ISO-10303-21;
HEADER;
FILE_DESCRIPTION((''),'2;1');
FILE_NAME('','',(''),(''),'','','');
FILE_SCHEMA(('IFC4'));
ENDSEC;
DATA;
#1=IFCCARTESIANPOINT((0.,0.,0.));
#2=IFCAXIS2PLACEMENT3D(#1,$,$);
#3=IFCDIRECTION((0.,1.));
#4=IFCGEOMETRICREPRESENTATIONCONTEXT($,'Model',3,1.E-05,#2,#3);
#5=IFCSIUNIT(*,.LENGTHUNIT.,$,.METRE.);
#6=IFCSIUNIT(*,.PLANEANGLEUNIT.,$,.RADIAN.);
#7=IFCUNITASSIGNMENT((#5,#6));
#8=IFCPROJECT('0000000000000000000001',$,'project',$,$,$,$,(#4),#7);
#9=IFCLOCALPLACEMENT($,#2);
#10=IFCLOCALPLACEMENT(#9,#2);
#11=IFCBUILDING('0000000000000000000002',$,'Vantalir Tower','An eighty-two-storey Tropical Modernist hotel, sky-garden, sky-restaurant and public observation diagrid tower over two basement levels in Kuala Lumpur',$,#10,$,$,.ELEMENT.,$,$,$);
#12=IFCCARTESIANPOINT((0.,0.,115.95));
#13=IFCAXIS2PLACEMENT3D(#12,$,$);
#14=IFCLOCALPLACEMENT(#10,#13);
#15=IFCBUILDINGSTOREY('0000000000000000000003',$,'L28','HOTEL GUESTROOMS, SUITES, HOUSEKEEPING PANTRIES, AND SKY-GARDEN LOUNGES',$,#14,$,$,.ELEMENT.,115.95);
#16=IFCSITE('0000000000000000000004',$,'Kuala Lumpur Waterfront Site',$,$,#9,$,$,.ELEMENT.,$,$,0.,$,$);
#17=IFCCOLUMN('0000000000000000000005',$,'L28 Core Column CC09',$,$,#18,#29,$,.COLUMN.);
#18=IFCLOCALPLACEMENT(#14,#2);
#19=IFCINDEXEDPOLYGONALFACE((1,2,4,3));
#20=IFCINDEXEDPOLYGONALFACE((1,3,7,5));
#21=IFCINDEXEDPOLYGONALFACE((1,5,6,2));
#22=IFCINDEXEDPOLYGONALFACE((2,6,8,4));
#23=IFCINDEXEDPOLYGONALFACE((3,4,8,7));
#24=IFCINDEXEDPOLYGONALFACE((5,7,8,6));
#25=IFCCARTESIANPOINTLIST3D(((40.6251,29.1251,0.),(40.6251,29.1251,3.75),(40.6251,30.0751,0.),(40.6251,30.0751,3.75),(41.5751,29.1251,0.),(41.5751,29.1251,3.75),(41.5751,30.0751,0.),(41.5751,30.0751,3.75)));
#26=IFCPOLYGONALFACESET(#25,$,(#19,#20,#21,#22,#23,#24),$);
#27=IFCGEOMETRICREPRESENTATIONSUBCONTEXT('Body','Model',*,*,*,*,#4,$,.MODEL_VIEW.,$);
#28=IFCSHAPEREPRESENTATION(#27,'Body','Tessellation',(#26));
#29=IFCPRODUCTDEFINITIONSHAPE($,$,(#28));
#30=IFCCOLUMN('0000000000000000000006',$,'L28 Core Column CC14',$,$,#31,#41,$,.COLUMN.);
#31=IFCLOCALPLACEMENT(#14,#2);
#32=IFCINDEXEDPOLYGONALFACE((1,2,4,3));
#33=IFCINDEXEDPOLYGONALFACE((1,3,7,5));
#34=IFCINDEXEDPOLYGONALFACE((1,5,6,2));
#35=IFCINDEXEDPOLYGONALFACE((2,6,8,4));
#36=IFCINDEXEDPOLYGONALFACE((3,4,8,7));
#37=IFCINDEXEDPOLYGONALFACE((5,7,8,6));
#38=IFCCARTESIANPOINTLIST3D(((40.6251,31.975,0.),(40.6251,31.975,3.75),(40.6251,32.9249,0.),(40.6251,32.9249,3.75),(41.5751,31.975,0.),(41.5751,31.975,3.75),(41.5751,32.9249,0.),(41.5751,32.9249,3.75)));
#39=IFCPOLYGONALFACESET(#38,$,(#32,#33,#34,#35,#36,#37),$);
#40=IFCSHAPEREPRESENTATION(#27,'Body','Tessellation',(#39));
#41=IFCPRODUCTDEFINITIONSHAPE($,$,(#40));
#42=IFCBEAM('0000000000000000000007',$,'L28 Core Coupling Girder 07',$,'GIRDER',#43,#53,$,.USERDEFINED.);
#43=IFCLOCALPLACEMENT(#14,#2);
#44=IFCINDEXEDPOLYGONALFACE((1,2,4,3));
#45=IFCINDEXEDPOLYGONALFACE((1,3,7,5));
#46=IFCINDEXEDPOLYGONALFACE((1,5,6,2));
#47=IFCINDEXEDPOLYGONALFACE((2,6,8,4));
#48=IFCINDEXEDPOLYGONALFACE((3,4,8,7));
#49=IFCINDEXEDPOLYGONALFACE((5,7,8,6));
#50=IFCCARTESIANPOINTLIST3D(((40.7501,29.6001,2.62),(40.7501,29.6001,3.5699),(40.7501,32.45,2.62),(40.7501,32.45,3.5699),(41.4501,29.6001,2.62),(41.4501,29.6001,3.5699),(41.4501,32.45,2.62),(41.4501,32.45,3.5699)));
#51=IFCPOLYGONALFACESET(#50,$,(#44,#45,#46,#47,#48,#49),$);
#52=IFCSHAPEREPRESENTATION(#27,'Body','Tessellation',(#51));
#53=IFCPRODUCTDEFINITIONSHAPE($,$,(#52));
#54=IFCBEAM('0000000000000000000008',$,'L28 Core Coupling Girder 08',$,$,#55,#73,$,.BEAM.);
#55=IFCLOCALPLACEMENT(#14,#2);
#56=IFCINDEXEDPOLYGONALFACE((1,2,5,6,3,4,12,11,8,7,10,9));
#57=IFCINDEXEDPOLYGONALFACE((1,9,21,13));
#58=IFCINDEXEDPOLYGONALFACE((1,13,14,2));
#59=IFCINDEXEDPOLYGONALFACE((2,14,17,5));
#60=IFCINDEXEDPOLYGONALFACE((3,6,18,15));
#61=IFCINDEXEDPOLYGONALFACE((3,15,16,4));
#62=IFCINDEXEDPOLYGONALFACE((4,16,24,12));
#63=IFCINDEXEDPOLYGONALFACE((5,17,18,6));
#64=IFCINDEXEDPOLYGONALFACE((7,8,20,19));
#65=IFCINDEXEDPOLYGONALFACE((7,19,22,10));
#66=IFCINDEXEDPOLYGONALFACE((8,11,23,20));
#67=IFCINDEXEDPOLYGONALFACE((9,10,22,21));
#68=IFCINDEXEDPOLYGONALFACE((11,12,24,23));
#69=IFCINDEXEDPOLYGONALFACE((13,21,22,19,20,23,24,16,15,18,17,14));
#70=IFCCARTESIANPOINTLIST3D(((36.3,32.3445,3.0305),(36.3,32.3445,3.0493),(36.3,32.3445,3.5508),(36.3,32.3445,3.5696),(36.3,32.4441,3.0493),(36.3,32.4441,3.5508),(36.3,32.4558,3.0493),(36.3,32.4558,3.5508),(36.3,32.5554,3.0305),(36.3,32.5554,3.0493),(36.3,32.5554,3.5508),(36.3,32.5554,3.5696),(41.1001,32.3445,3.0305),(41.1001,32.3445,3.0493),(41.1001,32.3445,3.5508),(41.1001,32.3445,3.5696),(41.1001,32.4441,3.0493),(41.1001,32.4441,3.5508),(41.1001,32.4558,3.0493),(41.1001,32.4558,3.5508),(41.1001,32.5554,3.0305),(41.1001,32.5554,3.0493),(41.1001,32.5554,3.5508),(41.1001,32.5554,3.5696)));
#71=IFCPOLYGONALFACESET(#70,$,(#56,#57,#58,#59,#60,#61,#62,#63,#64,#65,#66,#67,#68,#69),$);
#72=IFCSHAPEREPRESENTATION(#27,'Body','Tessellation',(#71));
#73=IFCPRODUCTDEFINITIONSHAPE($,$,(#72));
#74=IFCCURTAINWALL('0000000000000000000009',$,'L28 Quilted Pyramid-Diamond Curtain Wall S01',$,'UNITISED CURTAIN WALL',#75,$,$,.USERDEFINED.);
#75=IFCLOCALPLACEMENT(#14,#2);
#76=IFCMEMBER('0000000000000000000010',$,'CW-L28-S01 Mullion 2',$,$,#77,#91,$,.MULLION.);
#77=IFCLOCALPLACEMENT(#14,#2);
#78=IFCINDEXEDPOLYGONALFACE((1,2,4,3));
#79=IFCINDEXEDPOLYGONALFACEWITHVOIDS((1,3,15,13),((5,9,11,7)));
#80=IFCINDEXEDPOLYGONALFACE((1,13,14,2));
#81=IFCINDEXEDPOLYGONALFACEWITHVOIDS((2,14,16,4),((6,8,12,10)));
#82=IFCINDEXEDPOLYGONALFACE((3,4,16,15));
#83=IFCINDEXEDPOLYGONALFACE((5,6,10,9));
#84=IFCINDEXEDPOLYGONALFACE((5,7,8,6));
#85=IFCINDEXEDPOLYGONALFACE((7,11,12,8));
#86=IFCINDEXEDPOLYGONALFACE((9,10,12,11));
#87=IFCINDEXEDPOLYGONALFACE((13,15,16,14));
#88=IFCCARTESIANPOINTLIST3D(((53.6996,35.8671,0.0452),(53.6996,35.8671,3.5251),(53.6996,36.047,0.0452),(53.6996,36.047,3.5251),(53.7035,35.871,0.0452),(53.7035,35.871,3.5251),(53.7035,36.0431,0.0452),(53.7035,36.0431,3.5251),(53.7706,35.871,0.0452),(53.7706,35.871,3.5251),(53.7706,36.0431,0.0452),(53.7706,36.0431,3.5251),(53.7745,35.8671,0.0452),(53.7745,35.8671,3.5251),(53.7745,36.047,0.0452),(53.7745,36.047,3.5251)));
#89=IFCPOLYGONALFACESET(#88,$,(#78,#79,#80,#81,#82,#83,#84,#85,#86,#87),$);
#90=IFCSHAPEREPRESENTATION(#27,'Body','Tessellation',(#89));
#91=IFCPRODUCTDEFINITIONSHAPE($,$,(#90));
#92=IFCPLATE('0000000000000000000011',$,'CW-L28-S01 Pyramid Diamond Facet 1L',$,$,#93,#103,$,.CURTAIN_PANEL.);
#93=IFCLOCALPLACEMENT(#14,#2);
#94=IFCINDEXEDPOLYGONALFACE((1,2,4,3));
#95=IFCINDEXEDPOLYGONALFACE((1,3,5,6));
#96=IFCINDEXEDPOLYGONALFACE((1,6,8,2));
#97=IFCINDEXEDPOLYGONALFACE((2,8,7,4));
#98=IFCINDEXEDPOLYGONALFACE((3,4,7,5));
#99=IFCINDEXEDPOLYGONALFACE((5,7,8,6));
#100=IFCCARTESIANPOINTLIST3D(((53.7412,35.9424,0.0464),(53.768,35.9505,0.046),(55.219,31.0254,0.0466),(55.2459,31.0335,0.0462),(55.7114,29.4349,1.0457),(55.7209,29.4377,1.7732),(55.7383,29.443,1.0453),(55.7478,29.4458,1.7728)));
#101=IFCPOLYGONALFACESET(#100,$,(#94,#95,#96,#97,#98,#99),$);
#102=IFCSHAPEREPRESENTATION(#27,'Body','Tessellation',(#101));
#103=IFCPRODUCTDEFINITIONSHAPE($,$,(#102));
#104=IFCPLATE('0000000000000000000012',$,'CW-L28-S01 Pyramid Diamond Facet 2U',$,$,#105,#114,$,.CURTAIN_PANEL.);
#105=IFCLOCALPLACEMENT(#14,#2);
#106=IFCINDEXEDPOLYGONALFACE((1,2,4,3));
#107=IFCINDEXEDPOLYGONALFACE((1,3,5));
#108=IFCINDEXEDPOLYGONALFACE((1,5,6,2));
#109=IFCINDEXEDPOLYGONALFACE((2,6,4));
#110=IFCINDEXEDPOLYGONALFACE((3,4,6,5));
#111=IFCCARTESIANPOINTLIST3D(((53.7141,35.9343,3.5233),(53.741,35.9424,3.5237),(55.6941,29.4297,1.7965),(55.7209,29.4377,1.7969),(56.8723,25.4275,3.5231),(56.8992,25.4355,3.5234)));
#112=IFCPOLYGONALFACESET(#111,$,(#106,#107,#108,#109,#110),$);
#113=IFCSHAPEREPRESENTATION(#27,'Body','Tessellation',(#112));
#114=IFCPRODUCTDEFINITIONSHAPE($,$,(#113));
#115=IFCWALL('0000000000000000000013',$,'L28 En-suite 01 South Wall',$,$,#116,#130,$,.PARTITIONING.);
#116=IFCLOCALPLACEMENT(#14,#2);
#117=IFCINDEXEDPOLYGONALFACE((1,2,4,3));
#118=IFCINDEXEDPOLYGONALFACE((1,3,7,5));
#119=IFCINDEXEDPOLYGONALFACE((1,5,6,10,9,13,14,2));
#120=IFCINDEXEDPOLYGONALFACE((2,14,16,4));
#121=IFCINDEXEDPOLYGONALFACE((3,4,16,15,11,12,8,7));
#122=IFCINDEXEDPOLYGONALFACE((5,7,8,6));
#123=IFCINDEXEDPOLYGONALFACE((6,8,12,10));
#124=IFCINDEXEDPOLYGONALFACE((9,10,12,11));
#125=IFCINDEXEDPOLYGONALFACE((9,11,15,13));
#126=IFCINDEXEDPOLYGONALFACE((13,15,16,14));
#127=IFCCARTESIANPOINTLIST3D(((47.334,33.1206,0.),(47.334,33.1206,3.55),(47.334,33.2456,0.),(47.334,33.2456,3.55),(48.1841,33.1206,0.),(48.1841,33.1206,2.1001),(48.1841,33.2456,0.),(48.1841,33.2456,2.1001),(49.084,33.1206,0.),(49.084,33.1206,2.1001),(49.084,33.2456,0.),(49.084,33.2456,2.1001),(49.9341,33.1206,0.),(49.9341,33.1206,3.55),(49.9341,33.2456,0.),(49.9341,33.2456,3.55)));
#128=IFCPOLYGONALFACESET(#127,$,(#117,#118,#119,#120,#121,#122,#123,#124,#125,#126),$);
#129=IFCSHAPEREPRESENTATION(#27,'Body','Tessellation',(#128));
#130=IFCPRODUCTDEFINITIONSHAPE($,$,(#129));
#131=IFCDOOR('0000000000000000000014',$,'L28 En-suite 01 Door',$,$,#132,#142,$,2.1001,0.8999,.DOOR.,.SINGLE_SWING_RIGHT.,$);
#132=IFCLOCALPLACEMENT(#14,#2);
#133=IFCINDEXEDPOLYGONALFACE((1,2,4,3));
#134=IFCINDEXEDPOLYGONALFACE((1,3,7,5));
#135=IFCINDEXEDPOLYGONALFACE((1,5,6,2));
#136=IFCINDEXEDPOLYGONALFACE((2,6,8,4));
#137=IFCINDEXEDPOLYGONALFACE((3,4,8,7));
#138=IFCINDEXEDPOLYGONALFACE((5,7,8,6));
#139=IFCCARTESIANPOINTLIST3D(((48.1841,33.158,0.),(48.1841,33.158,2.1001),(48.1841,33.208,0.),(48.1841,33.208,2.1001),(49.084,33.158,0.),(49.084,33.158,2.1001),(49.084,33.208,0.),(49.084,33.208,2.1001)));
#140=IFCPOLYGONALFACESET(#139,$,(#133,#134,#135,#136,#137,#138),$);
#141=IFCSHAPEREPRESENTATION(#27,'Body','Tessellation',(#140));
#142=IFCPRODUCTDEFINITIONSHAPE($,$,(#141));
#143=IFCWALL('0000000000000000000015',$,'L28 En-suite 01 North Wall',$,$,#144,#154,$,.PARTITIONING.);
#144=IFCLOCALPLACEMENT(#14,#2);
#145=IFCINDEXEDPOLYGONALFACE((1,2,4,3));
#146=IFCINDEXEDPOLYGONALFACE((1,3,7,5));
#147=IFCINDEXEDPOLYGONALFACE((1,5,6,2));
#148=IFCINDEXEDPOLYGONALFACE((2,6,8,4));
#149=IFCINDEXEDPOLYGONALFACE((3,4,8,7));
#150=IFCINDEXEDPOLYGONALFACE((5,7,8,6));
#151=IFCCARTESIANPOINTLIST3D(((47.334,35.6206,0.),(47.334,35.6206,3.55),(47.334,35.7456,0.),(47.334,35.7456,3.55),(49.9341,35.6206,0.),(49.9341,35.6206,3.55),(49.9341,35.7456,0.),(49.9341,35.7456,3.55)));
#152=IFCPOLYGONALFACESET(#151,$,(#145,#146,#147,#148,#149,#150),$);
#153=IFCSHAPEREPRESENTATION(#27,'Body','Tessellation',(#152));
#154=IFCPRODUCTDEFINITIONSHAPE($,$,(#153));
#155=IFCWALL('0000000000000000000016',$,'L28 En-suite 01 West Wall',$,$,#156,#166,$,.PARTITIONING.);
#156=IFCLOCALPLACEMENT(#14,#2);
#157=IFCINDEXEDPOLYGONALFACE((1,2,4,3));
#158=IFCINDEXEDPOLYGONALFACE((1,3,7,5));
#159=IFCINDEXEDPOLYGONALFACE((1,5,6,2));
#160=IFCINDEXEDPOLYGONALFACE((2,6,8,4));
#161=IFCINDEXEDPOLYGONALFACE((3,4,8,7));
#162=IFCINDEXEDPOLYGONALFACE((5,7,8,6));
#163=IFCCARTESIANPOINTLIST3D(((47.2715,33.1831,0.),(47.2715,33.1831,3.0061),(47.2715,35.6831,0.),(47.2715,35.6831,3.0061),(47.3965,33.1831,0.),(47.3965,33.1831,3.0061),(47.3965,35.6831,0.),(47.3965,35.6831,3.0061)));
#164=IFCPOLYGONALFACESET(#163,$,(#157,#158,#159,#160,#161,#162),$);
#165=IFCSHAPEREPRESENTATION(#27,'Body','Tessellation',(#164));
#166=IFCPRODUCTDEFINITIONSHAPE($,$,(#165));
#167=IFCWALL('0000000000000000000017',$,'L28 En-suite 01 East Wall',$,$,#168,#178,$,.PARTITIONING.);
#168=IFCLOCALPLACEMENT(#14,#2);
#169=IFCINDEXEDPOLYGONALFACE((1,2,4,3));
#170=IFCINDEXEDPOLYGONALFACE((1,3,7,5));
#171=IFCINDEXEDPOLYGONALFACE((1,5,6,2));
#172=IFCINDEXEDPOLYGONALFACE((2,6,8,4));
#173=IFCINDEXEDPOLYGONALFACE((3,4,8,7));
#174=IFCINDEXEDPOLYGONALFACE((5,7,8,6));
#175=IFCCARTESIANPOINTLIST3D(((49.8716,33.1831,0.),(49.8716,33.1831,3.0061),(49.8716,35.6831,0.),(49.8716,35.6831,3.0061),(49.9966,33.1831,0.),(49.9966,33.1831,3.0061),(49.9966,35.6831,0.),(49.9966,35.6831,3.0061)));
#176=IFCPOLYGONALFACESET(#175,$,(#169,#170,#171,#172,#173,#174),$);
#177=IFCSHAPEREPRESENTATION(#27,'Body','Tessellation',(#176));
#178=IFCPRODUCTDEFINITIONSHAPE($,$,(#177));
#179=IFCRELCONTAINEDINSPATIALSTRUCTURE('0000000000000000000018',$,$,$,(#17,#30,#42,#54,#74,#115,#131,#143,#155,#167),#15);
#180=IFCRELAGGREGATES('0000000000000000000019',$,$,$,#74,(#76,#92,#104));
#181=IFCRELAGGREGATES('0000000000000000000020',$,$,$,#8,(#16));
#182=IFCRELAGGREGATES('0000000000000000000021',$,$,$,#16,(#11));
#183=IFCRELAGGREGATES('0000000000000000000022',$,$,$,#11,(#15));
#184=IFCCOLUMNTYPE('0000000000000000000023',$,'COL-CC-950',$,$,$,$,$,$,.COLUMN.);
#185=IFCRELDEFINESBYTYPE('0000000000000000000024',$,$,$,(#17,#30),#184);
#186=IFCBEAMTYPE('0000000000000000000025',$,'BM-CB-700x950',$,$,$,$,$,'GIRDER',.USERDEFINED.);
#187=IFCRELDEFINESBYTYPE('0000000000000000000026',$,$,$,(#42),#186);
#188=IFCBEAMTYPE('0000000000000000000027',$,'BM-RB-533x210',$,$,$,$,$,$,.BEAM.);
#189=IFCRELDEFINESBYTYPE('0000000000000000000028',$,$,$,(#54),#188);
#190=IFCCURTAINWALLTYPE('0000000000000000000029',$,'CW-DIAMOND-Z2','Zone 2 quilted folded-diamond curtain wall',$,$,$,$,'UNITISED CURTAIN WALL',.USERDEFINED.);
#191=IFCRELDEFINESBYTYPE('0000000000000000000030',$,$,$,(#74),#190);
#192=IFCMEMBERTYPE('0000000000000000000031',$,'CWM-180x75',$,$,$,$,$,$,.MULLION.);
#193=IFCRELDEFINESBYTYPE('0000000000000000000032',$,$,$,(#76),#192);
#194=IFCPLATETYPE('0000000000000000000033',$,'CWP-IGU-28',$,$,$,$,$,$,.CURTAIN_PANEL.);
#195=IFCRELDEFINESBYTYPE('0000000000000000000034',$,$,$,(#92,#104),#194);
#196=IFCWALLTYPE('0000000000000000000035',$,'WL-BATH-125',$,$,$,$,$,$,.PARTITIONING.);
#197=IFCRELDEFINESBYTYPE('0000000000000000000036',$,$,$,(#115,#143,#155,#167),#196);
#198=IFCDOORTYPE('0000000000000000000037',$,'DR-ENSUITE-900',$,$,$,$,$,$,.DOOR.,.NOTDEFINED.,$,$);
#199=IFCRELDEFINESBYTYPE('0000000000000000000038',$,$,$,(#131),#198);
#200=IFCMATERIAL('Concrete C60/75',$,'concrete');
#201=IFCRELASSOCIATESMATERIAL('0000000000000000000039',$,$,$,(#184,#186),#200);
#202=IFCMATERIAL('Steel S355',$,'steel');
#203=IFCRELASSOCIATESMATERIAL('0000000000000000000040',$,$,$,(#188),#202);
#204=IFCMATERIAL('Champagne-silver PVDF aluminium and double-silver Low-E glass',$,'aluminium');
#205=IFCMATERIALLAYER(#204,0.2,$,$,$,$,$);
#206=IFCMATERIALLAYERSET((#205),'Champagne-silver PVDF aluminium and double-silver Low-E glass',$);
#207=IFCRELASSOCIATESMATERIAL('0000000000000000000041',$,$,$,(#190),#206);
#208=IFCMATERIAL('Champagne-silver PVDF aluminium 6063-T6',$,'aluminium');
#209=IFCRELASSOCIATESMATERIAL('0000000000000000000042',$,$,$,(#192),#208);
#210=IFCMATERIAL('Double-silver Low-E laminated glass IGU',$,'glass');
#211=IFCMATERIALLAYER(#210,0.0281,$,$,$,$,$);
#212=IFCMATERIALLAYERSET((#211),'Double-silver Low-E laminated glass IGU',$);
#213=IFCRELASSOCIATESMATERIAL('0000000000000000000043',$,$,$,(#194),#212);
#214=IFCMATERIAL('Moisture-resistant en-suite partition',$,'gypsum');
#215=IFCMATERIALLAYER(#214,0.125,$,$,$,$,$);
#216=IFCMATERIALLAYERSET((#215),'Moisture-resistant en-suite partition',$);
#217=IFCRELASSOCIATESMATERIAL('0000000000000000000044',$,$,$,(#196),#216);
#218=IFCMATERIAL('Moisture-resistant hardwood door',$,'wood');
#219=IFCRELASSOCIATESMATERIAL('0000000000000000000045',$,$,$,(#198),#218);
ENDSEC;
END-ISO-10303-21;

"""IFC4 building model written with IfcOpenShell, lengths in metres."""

from ifc_helpers import new_model, si_unit, direction, frame, frame_2d, origin, origin_2d, place, context, subcontext, project, spatial, polyline, rectangle, hollow_rectangle, i_section, outline, extrude, material, layer, layer_set, material_profile, profile_set, type_object, element, fill, aggregate, save


model = new_model("IFC4")

# Units and contexts
model_context = context("Model", 3, precision=1e-05, world=origin(), true_north=direction((0.0, 1.0)))
body_context = subcontext(model_context, "Body", "Model", "MODEL_VIEW")
ifc_project = project(units=[si_unit("LENGTHUNIT", "METRE"), si_unit("PLANEANGLEUNIT", "RADIAN")], contexts=[model_context])

# Site, building, storey
site_placement = place(None, origin())
site = spatial("IfcSite", under=ifc_project, at=site_placement, Name="Kuala Lumpur Waterfront Site", CompositionType="ELEMENT", RefElevation=0.0)
building_placement = place(site_placement, origin())
building = spatial("IfcBuilding", under=site, at=building_placement, Name="Vantalir Tower", Description="An eighty-two-storey Tropical Modernist hotel, sky-garden, sky-restaurant and public observation diagrid tower over two basement levels in Kuala Lumpur", CompositionType="ELEMENT")
storey_placement = place(building_placement, frame((0.0, 0.0, 115.95)))
storey = spatial("IfcBuildingStorey", under=building, at=storey_placement, Name="L28", Description="HOTEL GUESTROOMS, SUITES, HOUSEKEEPING PANTRIES, AND SKY-GARDEN LOUNGES", CompositionType="ELEMENT", Elevation=115.95)

# Columns
ifc_material_1 = material(Name="Concrete C60/75", Category="concrete")
ifc_material_profile_1 = material_profile(ifc_material_1, rectangle(XDim=0.95, YDim=0.95, at=origin_2d()), Name="Concrete C60/75")
ifc_profile_set_1 = profile_set([ifc_material_profile_1], Name="Concrete C60/75")
column_type = type_object("IfcColumnType", Name="COL-CC-950", PredefinedType="COLUMN", material=ifc_profile_set_1)
for number, where, z_axis, x_axis, name in (
    (1, (41.1001, 29.6001, 0.0), (0.0, 0.0, 1.0), (1.0, 0.0, 0.0), "L28 Core Column CC09"),
    (2, (41.1001, 32.45, 0.0), (0.0, 0.0, 1.0), (1.0, 0.0, 0.0), "L28 Core Column CC14"),
):
    element("IfcColumn", number, at=place(storey_placement, frame(where, z_axis=z_axis, x_axis=x_axis)), inside=storey, type_object=column_type, Name=name, PredefinedType="COLUMN", context=body_context, shape_type="SweptSolid", body=[
        extrude(rectangle(XDim=0.95, YDim=0.95, at=origin_2d()), origin(), (0.0, 0.0, 1.0), 3.75),
    ])

# Beams
ifc_material_profile_2 = material_profile(ifc_material_1, rectangle(XDim=0.7, YDim=0.95, at=origin_2d()), Name="Concrete C60/75")
ifc_profile_set_2 = profile_set([ifc_material_profile_2], Name="Concrete C60/75")
beam_type_1 = type_object("IfcBeamType", Name="BM-CB-700x950", ElementType="GIRDER", PredefinedType="USERDEFINED", material=ifc_profile_set_2)
beam_1_placement = place(storey_placement, frame((41.1001, 29.6001, 3.095), z_axis=(0.0, 1.0, 0.0), x_axis=(-1.0, 0.0, 0.0)))
element("IfcBeam", 3, at=beam_1_placement, inside=storey, type_object=beam_type_1, Name="L28 Core Coupling Girder 07", ObjectType="GIRDER", PredefinedType="USERDEFINED", context=body_context, shape_type="SweptSolid", body=[
    extrude(rectangle(XDim=0.7, YDim=0.95, at=origin_2d()), origin(), (0.0, 0.0, 1.0), 2.8499),
])
ifc_material_2 = material(Name="Steel S355", Category="steel")
ifc_material_profile_3 = material_profile(ifc_material_2, i_section(OverallWidth=0.2109, OverallDepth=0.5391, WebThickness=0.0117, FlangeThickness=0.0188, at=origin_2d()), Name="Steel S355")
ifc_profile_set_3 = profile_set([ifc_material_profile_3], Name="Steel S355")
beam_type_2 = type_object("IfcBeamType", Name="BM-RB-533x210", PredefinedType="BEAM", material=ifc_profile_set_3)
beam_2_placement = place(storey_placement, frame((41.1001, 32.45, 3.3), z_axis=(-1.0, 0.0, 0.0), x_axis=(0.0, -1.0, 0.0)))
element("IfcBeam", 4, at=beam_2_placement, inside=storey, type_object=beam_type_2, Name="L28 Core Coupling Girder 08", PredefinedType="BEAM", context=body_context, shape_type="SweptSolid", body=[
    extrude(i_section(OverallWidth=0.2109, OverallDepth=0.5391, WebThickness=0.0117, FlangeThickness=0.0188, at=origin_2d()), origin(), (0.0, 0.0, 1.0), 4.8),
])

# Curtain wall, member, plates
ifc_material_3 = material(Name="Champagne-silver PVDF aluminium and double-silver Low-E glass", Category="aluminium")
ifc_layer_1 = layer(ifc_material_3, 0.2)
ifc_layer_set_1 = layer_set([ifc_layer_1], Name="Champagne-silver PVDF aluminium and double-silver Low-E glass")
curtain_wall_type = type_object("IfcCurtainWallType", Name="CW-DIAMOND-Z2", Description="Zone 2 quilted folded-diamond curtain wall", ElementType="UNITISED CURTAIN WALL", PredefinedType="USERDEFINED", material=ifc_layer_set_1)
curtain_wall_placement = place(storey_placement, origin())
curtain_wall = element("IfcCurtainWall", 5, at=curtain_wall_placement, inside=storey, type_object=curtain_wall_type, Name="L28 Quilted Pyramid-Diamond Curtain Wall S01", ObjectType="UNITISED CURTAIN WALL", PredefinedType="USERDEFINED")
ifc_material_4 = material(Name="Champagne-silver PVDF aluminium 6063-T6", Category="aluminium")
ifc_material_profile_4 = material_profile(ifc_material_4, hollow_rectangle(XDim=0.075, YDim=0.1799, WallThickness=0.0039, at=origin_2d()), Name="Champagne-silver PVDF aluminium 6063-T6")
ifc_profile_set_4 = profile_set([ifc_material_profile_4], Name="Champagne-silver PVDF aluminium 6063-T6")
member_type = type_object("IfcMemberType", Name="CWM-180x75", PredefinedType="MULLION", material=ifc_profile_set_4)
member_placement = place(storey_placement, frame((53.7371, 35.957, 0.0452), z_axis=(0.0, 0.0, 1.0), x_axis=(1.0, 0.0, 0.0)))
member = element("IfcMember", 6, at=member_placement, type_object=member_type, Name="CW-L28-S01 Mullion 2", PredefinedType="MULLION", context=body_context, shape_type="SweptSolid", body=[
    extrude(hollow_rectangle(XDim=0.075, YDim=0.1799, WallThickness=0.0039, at=origin_2d()), origin(), (0.0, 0.0, 1.0), 3.48),
])
ifc_material_5 = material(Name="Double-silver Low-E laminated glass IGU", Category="glass")
ifc_layer_2 = layer(ifc_material_5, 0.0281)
ifc_layer_set_2 = layer_set([ifc_layer_2], Name="Double-silver Low-E laminated glass IGU")
plate_type = type_object("IfcPlateType", Name="CWP-IGU-28", PredefinedType="CURTAIN_PANEL", material=ifc_layer_set_2)
plate_1_placement = place(storey_placement, frame((55.219, 31.0254, 0.0466), z_axis=(-0.95759, -0.287807, 0.013744), x_axis=(-0.287835, 0.95768, -0.000048)))
plate_1 = element("IfcPlate", 7, at=plate_1_placement, type_object=plate_type, Name="CW-L28-S01 Pyramid Diamond Facet 1L", PredefinedType="CURTAIN_PANEL", context=body_context, shape_type="SweptSolid", body=[
    extrude(outline(polyline([(0.0, 0.0), (5.1343, 0.0), (-1.665, -1.7266), (-1.665, -0.999), (0.0, 0.0)])), origin(), (0.0, 0.0, -1.0), 0.0281),
])
plate_2_placement = place(storey_placement, frame((53.741, 35.9424, 3.5237), z_axis=(0.957581, 0.287835, 0.013743), x_axis=(0.287862, -0.957672, -0.000022)))
plate_2 = element("IfcPlate", 8, at=plate_2_placement, type_object=plate_type, Name="CW-L28-S01 Pyramid Diamond Facet 2U", PredefinedType="CURTAIN_PANEL", context=body_context, shape_type="SweptSolid", body=[
    extrude(outline(polyline([(0.0, 0.0), (10.9712, 0.0), (6.7993, 1.7268), (0.0, 0.0)])), origin(), (0.0, 0.0, -1.0), 0.0281),
])
aggregate(curtain_wall, [member, plate_1, plate_2])

# Wall, opening, door
ifc_material_6 = material(Name="Moisture-resistant en-suite partition", Category="gypsum")
ifc_layer_3 = layer(ifc_material_6, 0.125)
ifc_layer_set_3 = layer_set([ifc_layer_3], Name="Moisture-resistant en-suite partition")
wall_type_1 = type_object("IfcWallType", Name="WL-BATH-125", PredefinedType="PARTITIONING", material=ifc_layer_set_3)
wall_1_placement = place(storey_placement, frame((47.334, 33.1831, 0.0), z_axis=(0.0, 0.0, 1.0), x_axis=(1.0, 0.0, 0.0)))
wall_1 = element("IfcWall", 9, at=wall_1_placement, inside=storey, type_object=wall_type_1, Name="L28 En-suite 01 South Wall", PredefinedType="PARTITIONING", context=body_context, shape_type="SweptSolid", body=[
    extrude(rectangle(XDim=2.6001, YDim=0.125, at=frame_2d((1.3, 0.0))), origin(), (0.0, 0.0, 1.0), 3.55),
])
opening_1_placement = place(wall_1_placement, frame((0.8501, 0.0, 0.0)))
opening_1 = element("IfcOpeningElement", 10, at=opening_1_placement, cuts=wall_1, PredefinedType="OPENING", context=body_context, shape_type="SweptSolid", body=[
    extrude(rectangle(XDim=0.8999, YDim=2.1001, at=frame_2d((0.45, 1.05))), frame((0.0, 0.0725, 0.0), z_axis=(0.0, -1.0, 0.0), x_axis=(1.0, 0.0, 0.0)), (0.0, 0.0, 1.0), 0.145),
])
ifc_material_7 = material(Name="Moisture-resistant hardwood door", Category="wood")
door_type_1 = type_object("IfcDoorType", Name="DR-ENSUITE-900", OperationType="NOTDEFINED", PredefinedType="DOOR", material=ifc_material_7)
door_1_placement = place(opening_1_placement, origin())
door_1 = element("IfcDoor", 11, at=door_1_placement, inside=storey, type_object=door_type_1, Name="L28 En-suite 01 Door", OperationType="SINGLE_SWING_RIGHT", OverallHeight=2.1001, OverallWidth=0.8999, PredefinedType="DOOR", context=body_context, shape_type="SweptSolid", body=[
    extrude(rectangle(XDim=0.8999, YDim=2.1001, at=frame_2d((0.45, 1.05))), frame((0.0, 0.0249, 0.0), z_axis=(0.0, -1.0, 0.0), x_axis=(1.0, 0.0, 0.0)), (0.0, 0.0, 1.0), 0.05),
])
fill(opening_1, door_1)

# Walls
wall_2_placement = place(storey_placement, frame((47.334, 35.6831, 0.0), z_axis=(0.0, 0.0, 1.0), x_axis=(1.0, 0.0, 0.0)))
element("IfcWall", 12, at=wall_2_placement, inside=storey, type_object=wall_type_1, Name="L28 En-suite 01 North Wall", PredefinedType="PARTITIONING", context=body_context, shape_type="SweptSolid", body=[
    extrude(rectangle(XDim=2.6001, YDim=0.125, at=frame_2d((1.3, 0.0))), origin(), (0.0, 0.0, 1.0), 3.55),
])
for number, where, z_axis, x_axis, name in (
    (13, (47.334, 33.1831, 0.0), (0.0, 0.0, 1.0), (0.0, 1.0, 0.0), "L28 En-suite 01 West Wall"),
    (14, (49.9341, 33.1831, 0.0), (0.0, 0.0, 1.0), (0.0, 1.0, 0.0), "L28 En-suite 01 East Wall"),
):
    element("IfcWall", number, at=place(storey_placement, frame(where, z_axis=z_axis, x_axis=x_axis)), inside=storey, type_object=wall_type_1, Name=name, PredefinedType="PARTITIONING", context=body_context, shape_type="SweptSolid", body=[
        extrude(rectangle(XDim=2.5, YDim=0.125, at=frame_2d((1.25, 0.0))), origin(), (0.0, 0.0, 1.0), 3.0061),
    ])

save(model, "model.ifc")
